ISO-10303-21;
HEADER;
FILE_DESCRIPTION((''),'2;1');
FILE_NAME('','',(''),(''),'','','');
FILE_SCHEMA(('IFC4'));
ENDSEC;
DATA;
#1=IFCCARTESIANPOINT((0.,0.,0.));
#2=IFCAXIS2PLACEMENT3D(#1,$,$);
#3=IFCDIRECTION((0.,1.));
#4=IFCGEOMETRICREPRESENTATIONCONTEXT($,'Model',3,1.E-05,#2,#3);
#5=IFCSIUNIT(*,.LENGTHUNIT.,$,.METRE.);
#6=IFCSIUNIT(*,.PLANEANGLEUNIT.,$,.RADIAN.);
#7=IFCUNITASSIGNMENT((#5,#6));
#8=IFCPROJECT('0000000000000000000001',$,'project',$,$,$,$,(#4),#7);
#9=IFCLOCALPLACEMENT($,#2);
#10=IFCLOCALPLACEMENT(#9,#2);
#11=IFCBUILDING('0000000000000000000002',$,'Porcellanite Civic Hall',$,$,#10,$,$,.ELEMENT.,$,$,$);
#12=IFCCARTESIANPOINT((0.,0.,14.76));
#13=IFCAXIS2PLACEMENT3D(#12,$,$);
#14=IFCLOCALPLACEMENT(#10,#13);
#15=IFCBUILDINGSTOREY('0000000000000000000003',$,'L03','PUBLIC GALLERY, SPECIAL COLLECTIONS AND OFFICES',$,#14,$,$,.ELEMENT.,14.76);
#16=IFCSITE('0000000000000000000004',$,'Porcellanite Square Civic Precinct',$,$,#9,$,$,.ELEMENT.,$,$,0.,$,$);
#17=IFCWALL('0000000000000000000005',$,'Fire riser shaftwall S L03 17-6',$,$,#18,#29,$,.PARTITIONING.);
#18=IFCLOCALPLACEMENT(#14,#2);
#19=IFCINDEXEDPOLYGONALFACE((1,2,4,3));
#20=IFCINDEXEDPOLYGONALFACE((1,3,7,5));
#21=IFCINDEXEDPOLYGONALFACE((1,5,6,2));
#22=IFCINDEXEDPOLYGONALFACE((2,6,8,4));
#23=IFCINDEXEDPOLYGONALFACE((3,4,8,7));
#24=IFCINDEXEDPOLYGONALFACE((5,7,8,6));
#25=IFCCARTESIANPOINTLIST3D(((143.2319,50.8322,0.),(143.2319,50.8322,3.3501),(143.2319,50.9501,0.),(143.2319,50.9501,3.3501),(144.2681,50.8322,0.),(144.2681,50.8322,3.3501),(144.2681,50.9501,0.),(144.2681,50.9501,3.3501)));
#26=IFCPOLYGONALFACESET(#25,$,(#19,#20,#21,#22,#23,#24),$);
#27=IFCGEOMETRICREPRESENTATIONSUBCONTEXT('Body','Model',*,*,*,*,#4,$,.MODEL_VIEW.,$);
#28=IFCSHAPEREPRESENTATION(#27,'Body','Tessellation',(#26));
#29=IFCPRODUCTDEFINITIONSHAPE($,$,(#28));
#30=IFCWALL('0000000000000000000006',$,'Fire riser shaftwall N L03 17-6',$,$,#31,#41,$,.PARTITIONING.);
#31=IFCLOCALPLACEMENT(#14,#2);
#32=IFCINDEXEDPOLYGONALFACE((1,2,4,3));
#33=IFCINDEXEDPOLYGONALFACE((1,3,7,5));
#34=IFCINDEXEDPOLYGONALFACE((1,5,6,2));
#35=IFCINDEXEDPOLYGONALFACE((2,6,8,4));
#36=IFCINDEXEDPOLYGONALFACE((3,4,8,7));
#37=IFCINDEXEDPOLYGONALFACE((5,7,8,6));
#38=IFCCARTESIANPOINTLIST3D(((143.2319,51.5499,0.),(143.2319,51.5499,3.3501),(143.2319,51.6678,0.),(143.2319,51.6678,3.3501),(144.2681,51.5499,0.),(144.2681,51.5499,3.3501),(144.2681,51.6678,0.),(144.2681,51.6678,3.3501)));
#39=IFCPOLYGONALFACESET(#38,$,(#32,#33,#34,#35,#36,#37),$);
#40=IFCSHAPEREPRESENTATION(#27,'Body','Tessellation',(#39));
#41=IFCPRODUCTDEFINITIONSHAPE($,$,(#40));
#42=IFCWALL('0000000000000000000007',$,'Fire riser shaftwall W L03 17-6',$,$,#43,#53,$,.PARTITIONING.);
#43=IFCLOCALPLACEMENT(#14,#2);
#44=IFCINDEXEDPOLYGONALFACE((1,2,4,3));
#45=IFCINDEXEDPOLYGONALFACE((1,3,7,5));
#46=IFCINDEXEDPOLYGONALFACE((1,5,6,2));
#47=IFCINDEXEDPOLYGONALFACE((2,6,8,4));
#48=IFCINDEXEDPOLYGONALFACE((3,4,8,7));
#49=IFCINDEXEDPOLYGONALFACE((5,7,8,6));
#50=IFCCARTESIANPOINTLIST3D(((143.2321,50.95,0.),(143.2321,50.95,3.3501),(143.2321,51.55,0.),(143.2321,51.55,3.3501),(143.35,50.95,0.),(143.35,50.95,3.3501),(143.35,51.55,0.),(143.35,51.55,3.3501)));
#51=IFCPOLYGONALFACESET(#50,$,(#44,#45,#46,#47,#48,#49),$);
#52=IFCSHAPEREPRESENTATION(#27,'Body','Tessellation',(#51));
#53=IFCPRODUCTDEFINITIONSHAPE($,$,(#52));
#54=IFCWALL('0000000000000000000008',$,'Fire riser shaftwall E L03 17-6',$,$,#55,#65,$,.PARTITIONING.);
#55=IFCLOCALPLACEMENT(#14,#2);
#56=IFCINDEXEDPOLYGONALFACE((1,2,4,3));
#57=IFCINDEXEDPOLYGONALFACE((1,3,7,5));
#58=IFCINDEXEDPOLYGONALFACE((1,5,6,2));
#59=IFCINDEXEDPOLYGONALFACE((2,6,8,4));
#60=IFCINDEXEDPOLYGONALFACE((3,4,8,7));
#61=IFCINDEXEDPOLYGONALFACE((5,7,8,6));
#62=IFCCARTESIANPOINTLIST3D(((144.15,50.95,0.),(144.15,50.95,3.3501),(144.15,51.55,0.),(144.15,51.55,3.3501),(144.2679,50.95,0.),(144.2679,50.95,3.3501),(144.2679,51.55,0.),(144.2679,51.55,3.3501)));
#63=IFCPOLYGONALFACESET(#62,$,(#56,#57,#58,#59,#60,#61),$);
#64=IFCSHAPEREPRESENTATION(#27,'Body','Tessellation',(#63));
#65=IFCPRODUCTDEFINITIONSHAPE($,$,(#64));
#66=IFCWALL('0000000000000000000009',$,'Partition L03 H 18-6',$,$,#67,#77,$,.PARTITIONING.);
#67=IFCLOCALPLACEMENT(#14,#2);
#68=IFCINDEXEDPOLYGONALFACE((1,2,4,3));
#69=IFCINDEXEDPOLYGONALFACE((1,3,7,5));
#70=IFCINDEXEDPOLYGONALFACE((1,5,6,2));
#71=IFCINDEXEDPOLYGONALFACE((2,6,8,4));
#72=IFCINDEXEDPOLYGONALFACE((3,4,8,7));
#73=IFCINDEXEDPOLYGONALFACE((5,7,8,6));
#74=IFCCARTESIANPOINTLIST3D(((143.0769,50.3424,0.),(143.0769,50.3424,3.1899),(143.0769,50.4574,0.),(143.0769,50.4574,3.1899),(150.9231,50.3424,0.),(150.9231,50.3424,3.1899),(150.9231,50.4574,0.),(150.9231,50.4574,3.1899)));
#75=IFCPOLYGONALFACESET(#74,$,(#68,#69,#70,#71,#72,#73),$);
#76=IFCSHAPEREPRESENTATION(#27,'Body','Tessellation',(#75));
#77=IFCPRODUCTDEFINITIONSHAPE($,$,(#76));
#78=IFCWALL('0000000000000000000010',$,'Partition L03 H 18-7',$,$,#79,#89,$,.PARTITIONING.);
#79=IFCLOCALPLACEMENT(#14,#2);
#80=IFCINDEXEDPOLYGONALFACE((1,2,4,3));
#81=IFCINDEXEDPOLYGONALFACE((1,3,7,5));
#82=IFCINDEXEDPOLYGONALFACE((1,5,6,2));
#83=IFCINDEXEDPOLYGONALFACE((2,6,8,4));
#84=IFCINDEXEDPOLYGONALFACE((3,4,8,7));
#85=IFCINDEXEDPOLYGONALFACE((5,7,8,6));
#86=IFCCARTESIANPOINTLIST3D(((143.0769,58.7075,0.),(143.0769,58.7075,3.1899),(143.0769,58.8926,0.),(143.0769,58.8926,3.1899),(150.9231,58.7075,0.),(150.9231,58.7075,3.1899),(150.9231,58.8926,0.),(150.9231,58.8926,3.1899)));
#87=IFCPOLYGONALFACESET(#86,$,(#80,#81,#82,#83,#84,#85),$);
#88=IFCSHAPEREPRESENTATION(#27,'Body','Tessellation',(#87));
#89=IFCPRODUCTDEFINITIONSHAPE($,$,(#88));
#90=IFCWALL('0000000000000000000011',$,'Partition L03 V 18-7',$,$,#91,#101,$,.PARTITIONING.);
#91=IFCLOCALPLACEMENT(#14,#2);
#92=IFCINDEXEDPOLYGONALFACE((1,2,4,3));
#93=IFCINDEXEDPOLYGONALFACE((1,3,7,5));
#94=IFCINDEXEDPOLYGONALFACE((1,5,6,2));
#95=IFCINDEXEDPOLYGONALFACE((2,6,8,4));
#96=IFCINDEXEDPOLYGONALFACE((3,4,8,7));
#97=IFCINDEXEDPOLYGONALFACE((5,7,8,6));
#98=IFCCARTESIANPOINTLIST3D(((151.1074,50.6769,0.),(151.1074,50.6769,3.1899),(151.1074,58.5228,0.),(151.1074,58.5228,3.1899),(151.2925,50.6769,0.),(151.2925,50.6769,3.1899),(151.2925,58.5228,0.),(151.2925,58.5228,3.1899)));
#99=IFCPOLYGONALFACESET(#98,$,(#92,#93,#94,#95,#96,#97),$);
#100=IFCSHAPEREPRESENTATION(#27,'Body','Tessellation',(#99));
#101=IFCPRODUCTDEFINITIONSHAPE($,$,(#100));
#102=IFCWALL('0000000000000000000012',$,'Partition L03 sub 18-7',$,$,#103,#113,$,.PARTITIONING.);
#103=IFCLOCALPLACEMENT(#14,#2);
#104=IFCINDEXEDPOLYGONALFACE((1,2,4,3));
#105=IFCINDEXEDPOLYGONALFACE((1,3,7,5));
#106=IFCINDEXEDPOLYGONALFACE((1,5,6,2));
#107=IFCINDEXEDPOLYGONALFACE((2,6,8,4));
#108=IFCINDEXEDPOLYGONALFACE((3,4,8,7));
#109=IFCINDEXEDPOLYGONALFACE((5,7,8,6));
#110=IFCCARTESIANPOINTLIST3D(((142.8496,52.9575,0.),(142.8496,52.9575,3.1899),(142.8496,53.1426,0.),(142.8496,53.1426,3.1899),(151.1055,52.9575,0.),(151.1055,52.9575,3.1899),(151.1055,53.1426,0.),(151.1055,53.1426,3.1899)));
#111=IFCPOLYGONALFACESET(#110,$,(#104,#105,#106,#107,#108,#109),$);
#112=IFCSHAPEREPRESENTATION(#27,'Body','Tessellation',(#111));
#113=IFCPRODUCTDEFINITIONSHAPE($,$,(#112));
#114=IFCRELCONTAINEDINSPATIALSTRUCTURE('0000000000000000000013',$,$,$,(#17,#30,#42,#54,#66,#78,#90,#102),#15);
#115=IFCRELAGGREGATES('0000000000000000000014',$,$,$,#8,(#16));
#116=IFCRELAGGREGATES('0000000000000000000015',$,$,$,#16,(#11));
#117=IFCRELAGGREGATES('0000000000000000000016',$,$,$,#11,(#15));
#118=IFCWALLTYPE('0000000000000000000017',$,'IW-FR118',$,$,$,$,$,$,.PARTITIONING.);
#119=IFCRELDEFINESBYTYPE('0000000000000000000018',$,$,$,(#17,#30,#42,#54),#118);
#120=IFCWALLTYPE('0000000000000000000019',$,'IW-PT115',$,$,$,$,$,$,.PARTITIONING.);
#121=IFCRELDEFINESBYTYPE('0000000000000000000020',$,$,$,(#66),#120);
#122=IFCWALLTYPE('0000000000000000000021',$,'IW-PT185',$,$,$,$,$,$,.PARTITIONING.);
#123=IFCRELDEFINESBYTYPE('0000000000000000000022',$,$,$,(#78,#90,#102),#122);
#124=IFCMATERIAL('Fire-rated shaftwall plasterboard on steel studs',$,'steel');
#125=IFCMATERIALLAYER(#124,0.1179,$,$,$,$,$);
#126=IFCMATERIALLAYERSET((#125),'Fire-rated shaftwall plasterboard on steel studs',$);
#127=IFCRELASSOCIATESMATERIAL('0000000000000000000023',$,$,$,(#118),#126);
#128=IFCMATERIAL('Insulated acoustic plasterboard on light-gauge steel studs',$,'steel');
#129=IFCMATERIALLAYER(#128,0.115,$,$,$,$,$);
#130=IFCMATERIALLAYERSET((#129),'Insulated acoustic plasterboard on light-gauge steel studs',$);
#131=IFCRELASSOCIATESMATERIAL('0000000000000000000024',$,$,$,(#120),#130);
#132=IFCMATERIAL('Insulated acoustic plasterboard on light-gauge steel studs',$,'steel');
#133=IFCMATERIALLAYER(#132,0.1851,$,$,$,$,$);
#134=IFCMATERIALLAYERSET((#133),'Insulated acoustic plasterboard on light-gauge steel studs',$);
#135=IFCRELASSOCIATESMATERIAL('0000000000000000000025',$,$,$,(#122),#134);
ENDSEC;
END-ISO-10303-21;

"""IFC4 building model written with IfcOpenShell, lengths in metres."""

from ifc_helpers import new_model, si_unit, direction, frame, frame_2d, origin, place, context, subcontext, project, spatial, rectangle, extrude, material, layer, layer_set, type_object, element, save


model = new_model("IFC4")

# Units and contexts
model_context = context("Model", 3, precision=1e-05, world=origin(), true_north=direction((0.0, 1.0)))
body_context = subcontext(model_context, "Body", "Model", "MODEL_VIEW")
ifc_project = project(units=[si_unit("LENGTHUNIT", "METRE"), si_unit("PLANEANGLEUNIT", "RADIAN")], contexts=[model_context])

# Site, building, storey
site_placement = place(None, origin())
site = spatial("IfcSite", under=ifc_project, at=site_placement, Name="Porcellanite Square Civic Precinct", CompositionType="ELEMENT", RefElevation=0.0)
building_placement = place(site_placement, origin())
building = spatial("IfcBuilding", under=site, at=building_placement, Name="Porcellanite Civic Hall", CompositionType="ELEMENT")
storey_placement = place(building_placement, frame((0.0, 0.0, 14.76)))
storey = spatial("IfcBuildingStorey", under=building, at=storey_placement, Name="L03", Description="PUBLIC GALLERY, SPECIAL COLLECTIONS AND OFFICES", CompositionType="ELEMENT", Elevation=14.76)

# Walls
ifc_material_1 = material(Name="Fire-rated shaftwall plasterboard on steel studs", Category="steel")
ifc_layer_1 = layer(ifc_material_1, 0.1179)
ifc_layer_set_1 = layer_set([ifc_layer_1], Name="Fire-rated shaftwall plasterboard on steel studs")
wall_type_1 = type_object("IfcWallType", Name="IW-FR118", PredefinedType="PARTITIONING", material=ifc_layer_set_1)
for number, where, z_axis, x_axis, name in (
    (1, (143.2319, 50.8911, 0.0), (0.0, 0.0, 1.0), (1.0, 0.0, 0.0), "Fire riser shaftwall S L03 17-6"),
    (2, (143.2319, 51.6089, 0.0), (0.0, 0.0, 1.0), (1.0, 0.0, 0.0), "Fire riser shaftwall N L03 17-6"),
):
    element("IfcWall", number, at=place(storey_placement, frame(where, z_axis=z_axis, x_axis=x_axis)), inside=storey, type_object=wall_type_1, Name=name, PredefinedType="PARTITIONING", context=body_context, shape_type="SweptSolid", body=[
        extrude(rectangle(XDim=1.0361, YDim=0.1179, at=frame_2d((0.5181, 0.0))), origin(), (0.0, 0.0, 1.0), 3.3501),
    ])
for number, where, z_axis, x_axis, name in (
    (3, (143.291, 50.95, 0.0), (0.0, 0.0, 1.0), (0.0, 1.0, 0.0), "Fire riser shaftwall W L03 17-6"),
    (4, (144.209, 50.95, 0.0), (0.0, 0.0, 1.0), (0.0, 1.0, 0.0), "Fire riser shaftwall E L03 17-6"),
):
    element("IfcWall", number, at=place(storey_placement, frame(where, z_axis=z_axis, x_axis=x_axis)), inside=storey, type_object=wall_type_1, Name=name, PredefinedType="PARTITIONING", context=body_context, shape_type="SweptSolid", body=[
        extrude(rectangle(XDim=0.6001, YDim=0.1179, at=frame_2d((0.3, 0.0))), origin(), (0.0, 0.0, 1.0), 3.3501),
    ])
ifc_material_2 = material(Name="Insulated acoustic plasterboard on light-gauge steel studs", Category="steel")
ifc_layer_2 = layer(ifc_material_2, 0.115)
ifc_layer_set_2 = layer_set([ifc_layer_2], Name="Insulated acoustic plasterboard on light-gauge steel studs")
wall_type_2 = type_object("IfcWallType", Name="IW-PT115", PredefinedType="PARTITIONING", material=ifc_layer_set_2)
wall_1_placement = place(storey_placement, frame((143.0769, 50.3999, 0.0), z_axis=(0.0, 0.0, 1.0), x_axis=(1.0, 0.0, 0.0)))
element("IfcWall", 5, at=wall_1_placement, inside=storey, type_object=wall_type_2, Name="Partition L03 H 18-6", PredefinedType="PARTITIONING", context=body_context, shape_type="SweptSolid", body=[
    extrude(rectangle(XDim=7.8462, YDim=0.115, at=frame_2d((3.9231, 0.0))), origin(), (0.0, 0.0, 1.0), 3.1899),
])
ifc_material_3 = material(Name="Insulated acoustic plasterboard on light-gauge steel studs", Category="steel")
ifc_layer_3 = layer(ifc_material_3, 0.1851)
ifc_layer_set_3 = layer_set([ifc_layer_3], Name="Insulated acoustic plasterboard on light-gauge steel studs")
wall_type_3 = type_object("IfcWallType", Name="IW-PT185", PredefinedType="PARTITIONING", material=ifc_layer_set_3)
wall_2_placement = place(storey_placement, frame((143.0769, 58.8, 0.0), z_axis=(0.0, 0.0, 1.0), x_axis=(1.0, 0.0, 0.0)))
element("IfcWall", 6, at=wall_2_placement, inside=storey, type_object=wall_type_3, Name="Partition L03 H 18-7", PredefinedType="PARTITIONING", context=body_context, shape_type="SweptSolid", body=[
    extrude(rectangle(XDim=7.8462, YDim=0.1851, at=frame_2d((3.9231, 0.0))), origin(), (0.0, 0.0, 1.0), 3.1899),
])
wall_3_placement = place(storey_placement, frame((151.2, 50.677, 0.0), z_axis=(0.0, 0.0, 1.0), x_axis=(0.0, 1.0, 0.0)))
element("IfcWall", 7, at=wall_3_placement, inside=storey, type_object=wall_type_3, Name="Partition L03 V 18-7", PredefinedType="PARTITIONING", context=body_context, shape_type="SweptSolid", body=[
    extrude(rectangle(XDim=7.8459, YDim=0.1851, at=frame_2d((3.9229, 0.0))), origin(), (0.0, 0.0, 1.0), 3.1899),
])
wall_4_placement = place(storey_placement, frame((142.8496, 53.05, 0.0), z_axis=(0.0, 0.0, 1.0), x_axis=(1.0, 0.0, 0.0)))
element("IfcWall", 8, at=wall_4_placement, inside=storey, type_object=wall_type_3, Name="Partition L03 sub 18-7", PredefinedType="PARTITIONING", context=body_context, shape_type="SweptSolid", body=[
    extrude(rectangle(XDim=8.2559, YDim=0.1851, at=frame_2d((4.1279, 0.0))), origin(), (0.0, 0.0, 1.0), 3.1899),
])

save(model, "model.ifc")
